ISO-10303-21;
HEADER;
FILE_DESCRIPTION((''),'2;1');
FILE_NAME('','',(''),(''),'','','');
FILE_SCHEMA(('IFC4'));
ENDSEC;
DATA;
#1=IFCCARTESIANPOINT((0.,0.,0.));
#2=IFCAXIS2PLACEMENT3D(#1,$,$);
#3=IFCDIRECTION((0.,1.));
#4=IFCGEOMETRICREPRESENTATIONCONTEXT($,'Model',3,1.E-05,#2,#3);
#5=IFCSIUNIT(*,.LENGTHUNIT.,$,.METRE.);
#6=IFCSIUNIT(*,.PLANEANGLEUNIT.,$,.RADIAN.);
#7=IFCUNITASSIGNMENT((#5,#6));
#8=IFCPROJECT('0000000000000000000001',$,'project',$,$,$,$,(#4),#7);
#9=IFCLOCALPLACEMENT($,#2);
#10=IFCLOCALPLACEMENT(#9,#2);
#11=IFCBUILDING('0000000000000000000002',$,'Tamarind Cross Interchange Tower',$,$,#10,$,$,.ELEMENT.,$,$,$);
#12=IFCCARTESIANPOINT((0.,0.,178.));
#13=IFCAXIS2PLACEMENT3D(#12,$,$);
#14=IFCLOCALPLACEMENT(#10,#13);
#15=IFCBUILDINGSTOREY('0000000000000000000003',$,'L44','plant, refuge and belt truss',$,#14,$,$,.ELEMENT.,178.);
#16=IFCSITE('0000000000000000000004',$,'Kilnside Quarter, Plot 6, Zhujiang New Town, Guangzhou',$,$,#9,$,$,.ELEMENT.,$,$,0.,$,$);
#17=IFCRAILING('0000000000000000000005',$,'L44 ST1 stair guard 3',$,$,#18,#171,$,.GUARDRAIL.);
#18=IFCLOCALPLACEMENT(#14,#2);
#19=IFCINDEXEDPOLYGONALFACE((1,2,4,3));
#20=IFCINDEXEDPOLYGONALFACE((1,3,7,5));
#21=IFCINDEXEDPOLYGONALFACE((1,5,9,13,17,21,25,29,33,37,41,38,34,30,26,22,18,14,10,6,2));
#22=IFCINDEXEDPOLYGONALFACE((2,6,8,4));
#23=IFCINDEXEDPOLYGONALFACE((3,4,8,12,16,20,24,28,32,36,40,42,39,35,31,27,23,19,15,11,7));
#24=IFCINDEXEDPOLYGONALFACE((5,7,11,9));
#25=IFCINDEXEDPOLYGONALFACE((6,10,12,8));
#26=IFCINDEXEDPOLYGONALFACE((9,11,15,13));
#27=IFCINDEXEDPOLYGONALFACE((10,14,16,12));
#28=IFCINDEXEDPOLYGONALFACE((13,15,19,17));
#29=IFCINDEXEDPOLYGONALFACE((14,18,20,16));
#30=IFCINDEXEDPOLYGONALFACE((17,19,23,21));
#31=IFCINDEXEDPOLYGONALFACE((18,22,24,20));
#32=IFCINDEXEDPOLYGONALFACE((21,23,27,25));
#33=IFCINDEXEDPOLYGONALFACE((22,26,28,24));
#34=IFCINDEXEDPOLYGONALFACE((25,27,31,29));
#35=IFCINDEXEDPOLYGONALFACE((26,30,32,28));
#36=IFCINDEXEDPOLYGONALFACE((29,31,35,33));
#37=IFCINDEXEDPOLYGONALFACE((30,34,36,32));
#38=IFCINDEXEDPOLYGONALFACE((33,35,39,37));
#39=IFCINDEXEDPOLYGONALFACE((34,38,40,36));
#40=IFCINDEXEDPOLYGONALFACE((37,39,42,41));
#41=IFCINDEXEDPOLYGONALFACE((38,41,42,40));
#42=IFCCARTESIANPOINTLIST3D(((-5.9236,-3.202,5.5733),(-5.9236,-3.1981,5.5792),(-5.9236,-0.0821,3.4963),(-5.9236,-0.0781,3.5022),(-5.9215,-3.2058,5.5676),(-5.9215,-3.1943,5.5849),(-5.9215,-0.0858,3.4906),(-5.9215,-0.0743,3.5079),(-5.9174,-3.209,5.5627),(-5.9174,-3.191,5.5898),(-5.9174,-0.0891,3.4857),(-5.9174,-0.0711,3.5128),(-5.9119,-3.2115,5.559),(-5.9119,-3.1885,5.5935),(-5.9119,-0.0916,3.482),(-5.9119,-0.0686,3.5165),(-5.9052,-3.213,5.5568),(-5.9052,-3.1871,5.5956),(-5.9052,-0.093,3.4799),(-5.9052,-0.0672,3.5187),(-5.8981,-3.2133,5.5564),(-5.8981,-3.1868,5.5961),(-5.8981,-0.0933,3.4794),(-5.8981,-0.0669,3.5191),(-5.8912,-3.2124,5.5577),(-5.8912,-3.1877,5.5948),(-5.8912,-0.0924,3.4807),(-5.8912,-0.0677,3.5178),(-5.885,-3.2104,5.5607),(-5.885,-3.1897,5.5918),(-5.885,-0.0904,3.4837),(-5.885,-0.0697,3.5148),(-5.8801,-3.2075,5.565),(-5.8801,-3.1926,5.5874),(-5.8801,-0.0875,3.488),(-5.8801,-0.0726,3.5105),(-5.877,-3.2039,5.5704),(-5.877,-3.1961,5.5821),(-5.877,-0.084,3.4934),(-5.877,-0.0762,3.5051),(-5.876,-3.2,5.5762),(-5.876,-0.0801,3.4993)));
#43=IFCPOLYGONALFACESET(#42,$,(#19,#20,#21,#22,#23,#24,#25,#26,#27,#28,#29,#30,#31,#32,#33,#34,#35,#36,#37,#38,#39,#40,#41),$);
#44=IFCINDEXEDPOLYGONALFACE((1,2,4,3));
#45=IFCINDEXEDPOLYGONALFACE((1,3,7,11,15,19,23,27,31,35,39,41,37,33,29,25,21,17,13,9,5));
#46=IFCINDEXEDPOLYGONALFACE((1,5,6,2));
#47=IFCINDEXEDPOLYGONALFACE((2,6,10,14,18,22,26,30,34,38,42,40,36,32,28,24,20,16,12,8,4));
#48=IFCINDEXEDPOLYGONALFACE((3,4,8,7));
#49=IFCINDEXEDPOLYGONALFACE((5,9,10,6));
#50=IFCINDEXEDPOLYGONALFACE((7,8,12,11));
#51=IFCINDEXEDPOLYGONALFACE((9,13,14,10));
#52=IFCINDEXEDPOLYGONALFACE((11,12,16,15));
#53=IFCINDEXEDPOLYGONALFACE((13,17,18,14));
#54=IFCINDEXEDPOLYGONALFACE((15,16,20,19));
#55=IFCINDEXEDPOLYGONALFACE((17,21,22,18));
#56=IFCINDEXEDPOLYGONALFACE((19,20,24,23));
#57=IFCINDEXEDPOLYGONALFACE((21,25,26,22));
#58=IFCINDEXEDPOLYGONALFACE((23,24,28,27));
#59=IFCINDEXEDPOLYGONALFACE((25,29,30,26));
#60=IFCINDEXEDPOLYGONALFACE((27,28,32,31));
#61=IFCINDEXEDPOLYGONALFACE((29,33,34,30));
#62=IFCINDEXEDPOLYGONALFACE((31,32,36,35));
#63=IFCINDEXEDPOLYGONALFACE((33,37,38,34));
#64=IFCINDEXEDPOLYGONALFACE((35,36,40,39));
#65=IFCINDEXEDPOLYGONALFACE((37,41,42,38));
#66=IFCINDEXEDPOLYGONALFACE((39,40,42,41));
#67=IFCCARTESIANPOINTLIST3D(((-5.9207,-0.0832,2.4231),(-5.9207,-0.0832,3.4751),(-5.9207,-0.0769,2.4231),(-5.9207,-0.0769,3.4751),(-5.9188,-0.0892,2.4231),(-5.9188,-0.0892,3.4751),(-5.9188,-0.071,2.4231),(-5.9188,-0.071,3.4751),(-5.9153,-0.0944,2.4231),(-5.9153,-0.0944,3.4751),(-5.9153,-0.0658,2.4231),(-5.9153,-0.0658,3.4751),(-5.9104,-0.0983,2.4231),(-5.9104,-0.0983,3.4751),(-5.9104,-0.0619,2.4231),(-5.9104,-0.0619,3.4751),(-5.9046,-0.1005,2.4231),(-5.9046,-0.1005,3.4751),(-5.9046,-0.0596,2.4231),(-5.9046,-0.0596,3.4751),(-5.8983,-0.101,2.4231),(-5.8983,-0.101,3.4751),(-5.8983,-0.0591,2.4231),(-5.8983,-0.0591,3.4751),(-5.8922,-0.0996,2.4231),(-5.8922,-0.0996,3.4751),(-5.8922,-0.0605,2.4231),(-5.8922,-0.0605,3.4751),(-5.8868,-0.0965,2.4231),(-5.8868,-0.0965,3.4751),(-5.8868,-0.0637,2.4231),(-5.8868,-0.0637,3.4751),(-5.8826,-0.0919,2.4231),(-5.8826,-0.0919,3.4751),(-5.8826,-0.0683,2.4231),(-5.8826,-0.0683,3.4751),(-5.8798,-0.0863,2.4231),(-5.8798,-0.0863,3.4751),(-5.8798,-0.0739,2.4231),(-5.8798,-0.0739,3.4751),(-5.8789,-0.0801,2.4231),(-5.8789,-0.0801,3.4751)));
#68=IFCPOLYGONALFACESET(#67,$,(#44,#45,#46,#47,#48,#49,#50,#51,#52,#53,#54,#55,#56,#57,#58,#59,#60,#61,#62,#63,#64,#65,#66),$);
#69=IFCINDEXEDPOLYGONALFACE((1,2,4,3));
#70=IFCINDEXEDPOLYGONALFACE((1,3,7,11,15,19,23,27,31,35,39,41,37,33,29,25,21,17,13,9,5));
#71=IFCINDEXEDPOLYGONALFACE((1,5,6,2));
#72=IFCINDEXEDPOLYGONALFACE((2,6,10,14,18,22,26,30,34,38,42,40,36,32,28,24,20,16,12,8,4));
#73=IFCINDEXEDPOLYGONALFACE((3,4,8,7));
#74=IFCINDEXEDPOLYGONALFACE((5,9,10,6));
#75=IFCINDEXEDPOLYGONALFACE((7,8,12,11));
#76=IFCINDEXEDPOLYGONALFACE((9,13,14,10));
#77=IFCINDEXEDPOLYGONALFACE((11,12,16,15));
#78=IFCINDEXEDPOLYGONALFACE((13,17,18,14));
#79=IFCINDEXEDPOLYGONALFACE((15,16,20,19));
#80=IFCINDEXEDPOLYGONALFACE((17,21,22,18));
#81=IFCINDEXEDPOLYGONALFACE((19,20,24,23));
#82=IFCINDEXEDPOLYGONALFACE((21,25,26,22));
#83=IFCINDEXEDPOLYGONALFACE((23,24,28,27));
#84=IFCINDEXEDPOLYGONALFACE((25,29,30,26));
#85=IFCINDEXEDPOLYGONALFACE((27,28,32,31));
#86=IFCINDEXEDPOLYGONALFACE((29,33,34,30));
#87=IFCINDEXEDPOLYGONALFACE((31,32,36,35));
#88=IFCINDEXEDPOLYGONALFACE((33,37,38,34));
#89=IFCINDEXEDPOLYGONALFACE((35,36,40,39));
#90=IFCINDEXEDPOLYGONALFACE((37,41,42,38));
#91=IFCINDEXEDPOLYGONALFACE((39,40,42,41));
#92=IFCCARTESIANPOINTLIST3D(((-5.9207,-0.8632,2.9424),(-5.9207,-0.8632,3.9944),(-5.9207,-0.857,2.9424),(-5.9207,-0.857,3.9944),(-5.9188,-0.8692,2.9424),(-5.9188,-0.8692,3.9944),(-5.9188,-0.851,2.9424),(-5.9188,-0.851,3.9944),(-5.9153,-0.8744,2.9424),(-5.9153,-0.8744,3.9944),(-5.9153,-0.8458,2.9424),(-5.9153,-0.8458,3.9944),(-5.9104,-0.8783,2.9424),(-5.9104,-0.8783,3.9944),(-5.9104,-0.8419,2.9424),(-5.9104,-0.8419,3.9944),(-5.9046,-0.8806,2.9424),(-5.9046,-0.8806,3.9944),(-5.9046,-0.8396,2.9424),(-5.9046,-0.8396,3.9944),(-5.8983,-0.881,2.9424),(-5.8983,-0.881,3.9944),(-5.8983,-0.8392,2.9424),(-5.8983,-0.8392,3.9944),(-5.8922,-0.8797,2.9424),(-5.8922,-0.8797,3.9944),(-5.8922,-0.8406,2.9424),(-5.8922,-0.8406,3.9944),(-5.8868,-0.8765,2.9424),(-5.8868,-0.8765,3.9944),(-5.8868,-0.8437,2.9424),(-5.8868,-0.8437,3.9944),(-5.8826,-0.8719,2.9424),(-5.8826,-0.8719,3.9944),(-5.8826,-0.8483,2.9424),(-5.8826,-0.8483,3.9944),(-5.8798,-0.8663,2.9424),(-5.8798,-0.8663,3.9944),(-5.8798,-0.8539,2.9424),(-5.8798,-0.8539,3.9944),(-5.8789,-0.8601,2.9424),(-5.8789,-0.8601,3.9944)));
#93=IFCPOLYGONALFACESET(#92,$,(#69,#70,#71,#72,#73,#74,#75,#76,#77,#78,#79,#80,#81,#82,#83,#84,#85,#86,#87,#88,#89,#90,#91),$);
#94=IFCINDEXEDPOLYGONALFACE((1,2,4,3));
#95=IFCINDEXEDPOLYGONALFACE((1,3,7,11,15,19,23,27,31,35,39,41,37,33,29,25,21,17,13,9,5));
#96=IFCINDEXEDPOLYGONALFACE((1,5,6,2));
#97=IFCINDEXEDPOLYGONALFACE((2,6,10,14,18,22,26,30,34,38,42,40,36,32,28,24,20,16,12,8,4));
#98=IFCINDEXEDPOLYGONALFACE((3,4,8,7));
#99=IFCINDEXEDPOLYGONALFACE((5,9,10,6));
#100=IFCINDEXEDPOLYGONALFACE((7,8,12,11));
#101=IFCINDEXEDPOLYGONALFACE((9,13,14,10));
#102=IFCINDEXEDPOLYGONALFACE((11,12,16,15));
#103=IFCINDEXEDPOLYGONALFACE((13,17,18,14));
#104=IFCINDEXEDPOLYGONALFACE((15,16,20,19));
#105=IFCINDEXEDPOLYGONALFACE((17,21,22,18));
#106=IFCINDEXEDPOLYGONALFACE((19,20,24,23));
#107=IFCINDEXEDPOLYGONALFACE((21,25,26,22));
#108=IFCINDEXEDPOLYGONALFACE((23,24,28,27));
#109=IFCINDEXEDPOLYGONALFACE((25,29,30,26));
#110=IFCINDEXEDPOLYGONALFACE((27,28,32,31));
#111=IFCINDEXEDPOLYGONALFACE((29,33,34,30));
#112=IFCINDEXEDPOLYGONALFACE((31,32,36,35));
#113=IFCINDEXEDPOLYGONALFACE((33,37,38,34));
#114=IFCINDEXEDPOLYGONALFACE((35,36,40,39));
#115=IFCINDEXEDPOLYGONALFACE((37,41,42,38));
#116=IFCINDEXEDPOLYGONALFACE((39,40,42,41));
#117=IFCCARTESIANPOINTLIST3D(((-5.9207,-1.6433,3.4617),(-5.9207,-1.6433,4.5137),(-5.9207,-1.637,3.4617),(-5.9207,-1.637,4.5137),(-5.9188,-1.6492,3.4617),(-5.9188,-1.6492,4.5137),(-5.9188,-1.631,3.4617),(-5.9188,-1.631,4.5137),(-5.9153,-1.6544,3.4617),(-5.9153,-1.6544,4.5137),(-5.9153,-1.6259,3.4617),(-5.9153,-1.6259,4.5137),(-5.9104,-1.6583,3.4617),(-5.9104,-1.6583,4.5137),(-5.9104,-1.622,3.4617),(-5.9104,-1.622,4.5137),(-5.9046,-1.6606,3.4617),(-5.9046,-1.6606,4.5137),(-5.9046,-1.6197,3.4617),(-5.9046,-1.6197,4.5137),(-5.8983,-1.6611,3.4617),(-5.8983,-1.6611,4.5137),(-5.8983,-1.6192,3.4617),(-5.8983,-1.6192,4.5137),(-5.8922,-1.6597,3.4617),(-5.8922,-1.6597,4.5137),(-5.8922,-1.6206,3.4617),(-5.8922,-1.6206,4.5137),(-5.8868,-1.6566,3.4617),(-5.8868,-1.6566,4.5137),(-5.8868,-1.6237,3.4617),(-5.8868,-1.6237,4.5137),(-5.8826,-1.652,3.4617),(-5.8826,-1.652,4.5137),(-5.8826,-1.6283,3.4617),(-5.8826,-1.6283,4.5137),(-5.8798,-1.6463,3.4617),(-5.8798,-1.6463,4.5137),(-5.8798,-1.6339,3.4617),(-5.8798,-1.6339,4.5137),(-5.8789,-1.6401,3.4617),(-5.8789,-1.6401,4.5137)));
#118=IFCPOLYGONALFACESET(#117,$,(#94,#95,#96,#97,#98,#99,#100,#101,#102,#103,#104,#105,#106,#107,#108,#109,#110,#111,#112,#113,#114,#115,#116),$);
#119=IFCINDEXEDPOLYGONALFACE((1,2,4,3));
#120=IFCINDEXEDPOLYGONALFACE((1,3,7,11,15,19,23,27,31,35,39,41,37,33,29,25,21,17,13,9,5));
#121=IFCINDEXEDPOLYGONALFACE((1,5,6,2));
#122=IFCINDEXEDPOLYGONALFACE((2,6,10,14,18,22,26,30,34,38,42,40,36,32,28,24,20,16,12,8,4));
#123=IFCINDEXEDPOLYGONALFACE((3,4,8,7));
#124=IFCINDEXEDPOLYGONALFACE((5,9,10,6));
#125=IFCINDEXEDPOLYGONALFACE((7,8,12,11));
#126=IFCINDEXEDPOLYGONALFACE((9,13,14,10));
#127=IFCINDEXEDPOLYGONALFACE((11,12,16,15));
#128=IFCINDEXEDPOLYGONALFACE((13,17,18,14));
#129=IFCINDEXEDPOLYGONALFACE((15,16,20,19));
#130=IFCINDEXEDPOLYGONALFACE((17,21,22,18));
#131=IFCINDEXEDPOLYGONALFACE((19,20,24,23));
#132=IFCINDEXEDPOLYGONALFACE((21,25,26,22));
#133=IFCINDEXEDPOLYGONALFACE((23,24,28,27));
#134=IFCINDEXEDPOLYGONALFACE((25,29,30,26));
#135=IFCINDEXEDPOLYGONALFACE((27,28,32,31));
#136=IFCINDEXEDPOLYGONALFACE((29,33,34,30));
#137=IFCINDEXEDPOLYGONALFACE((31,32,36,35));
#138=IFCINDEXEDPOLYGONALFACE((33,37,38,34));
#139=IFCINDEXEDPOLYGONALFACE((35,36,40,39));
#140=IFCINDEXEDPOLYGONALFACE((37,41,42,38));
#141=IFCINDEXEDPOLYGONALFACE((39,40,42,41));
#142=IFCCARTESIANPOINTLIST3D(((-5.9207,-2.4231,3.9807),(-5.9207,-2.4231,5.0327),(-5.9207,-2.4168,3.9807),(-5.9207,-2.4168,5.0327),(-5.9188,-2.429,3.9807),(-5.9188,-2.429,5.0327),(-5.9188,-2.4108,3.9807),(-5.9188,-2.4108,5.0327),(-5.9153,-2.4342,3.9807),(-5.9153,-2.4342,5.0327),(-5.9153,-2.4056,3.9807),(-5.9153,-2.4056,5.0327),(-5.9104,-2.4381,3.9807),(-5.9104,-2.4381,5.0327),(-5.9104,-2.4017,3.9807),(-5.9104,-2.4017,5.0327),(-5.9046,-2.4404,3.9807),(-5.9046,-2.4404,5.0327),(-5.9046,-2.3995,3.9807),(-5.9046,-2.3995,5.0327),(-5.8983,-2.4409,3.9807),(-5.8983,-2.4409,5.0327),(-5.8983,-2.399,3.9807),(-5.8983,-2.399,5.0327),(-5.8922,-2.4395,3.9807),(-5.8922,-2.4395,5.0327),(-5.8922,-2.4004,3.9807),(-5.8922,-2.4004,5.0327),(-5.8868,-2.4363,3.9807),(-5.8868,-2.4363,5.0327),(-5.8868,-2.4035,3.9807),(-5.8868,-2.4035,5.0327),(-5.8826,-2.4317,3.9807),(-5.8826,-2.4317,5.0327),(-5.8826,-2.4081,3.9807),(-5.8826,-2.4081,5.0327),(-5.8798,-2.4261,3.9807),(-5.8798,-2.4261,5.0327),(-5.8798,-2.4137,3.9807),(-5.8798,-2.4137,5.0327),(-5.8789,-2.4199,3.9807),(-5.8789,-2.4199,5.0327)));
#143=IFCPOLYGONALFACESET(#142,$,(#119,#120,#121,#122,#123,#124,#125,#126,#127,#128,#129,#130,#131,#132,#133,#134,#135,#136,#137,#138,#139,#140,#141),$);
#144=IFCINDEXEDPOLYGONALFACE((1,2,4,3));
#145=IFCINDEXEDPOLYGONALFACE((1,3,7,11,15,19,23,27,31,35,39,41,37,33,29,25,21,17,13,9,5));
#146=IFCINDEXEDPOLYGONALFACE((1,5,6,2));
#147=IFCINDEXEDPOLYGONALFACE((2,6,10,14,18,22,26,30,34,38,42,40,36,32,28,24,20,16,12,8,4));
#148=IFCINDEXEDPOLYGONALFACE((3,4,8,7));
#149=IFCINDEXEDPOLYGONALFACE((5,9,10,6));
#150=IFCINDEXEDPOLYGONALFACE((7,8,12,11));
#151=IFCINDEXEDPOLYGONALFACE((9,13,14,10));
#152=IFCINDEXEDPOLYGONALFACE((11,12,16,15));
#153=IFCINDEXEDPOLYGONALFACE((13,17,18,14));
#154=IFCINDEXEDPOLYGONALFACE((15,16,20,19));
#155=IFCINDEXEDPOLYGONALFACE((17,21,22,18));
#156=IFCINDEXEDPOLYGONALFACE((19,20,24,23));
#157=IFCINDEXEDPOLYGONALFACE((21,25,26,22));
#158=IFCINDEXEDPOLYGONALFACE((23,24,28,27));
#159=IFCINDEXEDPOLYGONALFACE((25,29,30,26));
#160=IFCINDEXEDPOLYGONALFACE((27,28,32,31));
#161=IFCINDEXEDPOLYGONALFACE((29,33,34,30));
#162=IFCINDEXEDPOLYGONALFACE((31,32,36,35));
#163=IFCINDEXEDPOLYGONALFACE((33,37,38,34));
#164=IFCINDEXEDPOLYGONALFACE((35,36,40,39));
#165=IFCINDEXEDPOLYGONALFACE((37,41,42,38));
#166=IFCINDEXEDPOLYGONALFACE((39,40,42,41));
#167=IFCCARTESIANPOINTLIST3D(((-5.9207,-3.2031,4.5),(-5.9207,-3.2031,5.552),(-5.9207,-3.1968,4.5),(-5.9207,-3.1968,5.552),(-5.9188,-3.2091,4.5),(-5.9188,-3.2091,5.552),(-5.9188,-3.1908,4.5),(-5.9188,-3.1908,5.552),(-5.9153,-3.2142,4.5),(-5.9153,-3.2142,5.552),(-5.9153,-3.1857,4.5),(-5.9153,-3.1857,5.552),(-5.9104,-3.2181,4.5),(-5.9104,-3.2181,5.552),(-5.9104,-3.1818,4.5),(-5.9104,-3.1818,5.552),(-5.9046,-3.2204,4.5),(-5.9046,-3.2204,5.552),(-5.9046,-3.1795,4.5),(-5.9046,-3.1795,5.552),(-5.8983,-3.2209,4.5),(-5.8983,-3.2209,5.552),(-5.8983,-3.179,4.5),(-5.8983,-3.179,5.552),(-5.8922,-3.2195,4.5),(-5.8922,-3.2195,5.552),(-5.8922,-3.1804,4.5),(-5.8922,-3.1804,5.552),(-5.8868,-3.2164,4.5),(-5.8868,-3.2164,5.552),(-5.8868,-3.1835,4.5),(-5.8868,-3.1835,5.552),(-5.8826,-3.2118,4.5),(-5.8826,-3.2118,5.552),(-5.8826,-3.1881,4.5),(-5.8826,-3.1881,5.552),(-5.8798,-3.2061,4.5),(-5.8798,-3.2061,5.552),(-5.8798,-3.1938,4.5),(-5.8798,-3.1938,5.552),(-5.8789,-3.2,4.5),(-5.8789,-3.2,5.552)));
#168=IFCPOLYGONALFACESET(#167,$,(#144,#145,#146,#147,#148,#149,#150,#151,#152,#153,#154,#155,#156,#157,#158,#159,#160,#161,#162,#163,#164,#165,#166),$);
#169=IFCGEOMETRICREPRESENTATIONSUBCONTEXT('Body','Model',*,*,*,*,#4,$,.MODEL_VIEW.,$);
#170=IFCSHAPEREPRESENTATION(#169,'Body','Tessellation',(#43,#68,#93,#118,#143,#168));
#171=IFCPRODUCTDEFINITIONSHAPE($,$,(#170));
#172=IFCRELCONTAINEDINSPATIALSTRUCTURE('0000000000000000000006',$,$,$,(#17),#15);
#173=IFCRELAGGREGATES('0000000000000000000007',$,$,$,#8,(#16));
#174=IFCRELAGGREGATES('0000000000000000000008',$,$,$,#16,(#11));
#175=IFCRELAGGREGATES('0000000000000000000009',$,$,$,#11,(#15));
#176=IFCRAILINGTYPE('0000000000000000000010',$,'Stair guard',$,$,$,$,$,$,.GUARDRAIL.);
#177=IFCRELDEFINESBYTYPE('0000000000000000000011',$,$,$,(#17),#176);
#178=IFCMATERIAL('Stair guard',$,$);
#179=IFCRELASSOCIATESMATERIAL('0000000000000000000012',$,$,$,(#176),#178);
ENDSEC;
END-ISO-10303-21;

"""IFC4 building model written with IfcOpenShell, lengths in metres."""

from ifc_helpers import new_model, si_unit, direction, frame, origin, origin_2d, place, context, subcontext, project, spatial, circle, extrude, material, type_object, element, save


model = new_model("IFC4")

# Units and contexts
model_context = context("Model", 3, precision=1e-05, world=origin(), true_north=direction((0.0, 1.0)))
body_context = subcontext(model_context, "Body", "Model", "MODEL_VIEW")
ifc_project = project(units=[si_unit("LENGTHUNIT", "METRE"), si_unit("PLANEANGLEUNIT", "RADIAN")], contexts=[model_context])

# Site, building, storey
site_placement = place(None, origin())
site = spatial("IfcSite", under=ifc_project, at=site_placement, Name="Kilnside Quarter, Plot 6, Zhujiang New Town, Guangzhou", CompositionType="ELEMENT", RefElevation=0.0)
building_placement = place(site_placement, origin())
building = spatial("IfcBuilding", under=site, at=building_placement, Name="Tamarind Cross Interchange Tower", CompositionType="ELEMENT")
storey_placement = place(building_placement, frame((0.0, 0.0, 178.0)))
storey = spatial("IfcBuildingStorey", under=building, at=storey_placement, Name="L44", Description="plant, refuge and belt truss", CompositionType="ELEMENT", Elevation=178.0)

# Railing
ifc_material_1 = material(Name="Stair guard")
railing_type_1 = type_object("IfcRailingType", Name="Stair guard", PredefinedType="GUARDRAIL", material=ifc_material_1)
railing_1_placement = place(storey_placement, frame((-5.8999, -0.0801, 2.4231)))
element("IfcRailing", 1, at=railing_1_placement, inside=storey, type_object=railing_type_1, Name="L44 ST1 stair guard 3", PredefinedType="GUARDRAIL", context=body_context, shape_type="SweptSolid", body=[
    extrude(circle(Radius=0.0239, at=origin_2d()), frame((0.0, 0.0, 1.0762), z_axis=(0.0, -0.832421, 0.554144), x_axis=(1.0, 0.0, 0.0)), (0.0, 0.0, 1.0), 3.748),
    extrude(circle(Radius=0.021, at=origin_2d()), origin(), (0.0, 0.0, 1.0), 1.052),
    extrude(circle(Radius=0.021, at=origin_2d()), frame((0.0, -0.78, 0.5193)), (0.0, 0.0, 1.0), 1.052),
    extrude(circle(Radius=0.021, at=origin_2d()), frame((0.0, -1.5601, 1.0386)), (0.0, 0.0, 1.0), 1.052),
    extrude(circle(Radius=0.021, at=origin_2d()), frame((0.0, -2.3398, 1.5576)), (0.0, 0.0, 1.0), 1.052),
    extrude(circle(Radius=0.021, at=origin_2d()), frame((0.0, -3.1199, 2.0769)), (0.0, 0.0, 1.0), 1.052),
])

save(model, "model.ifc")
